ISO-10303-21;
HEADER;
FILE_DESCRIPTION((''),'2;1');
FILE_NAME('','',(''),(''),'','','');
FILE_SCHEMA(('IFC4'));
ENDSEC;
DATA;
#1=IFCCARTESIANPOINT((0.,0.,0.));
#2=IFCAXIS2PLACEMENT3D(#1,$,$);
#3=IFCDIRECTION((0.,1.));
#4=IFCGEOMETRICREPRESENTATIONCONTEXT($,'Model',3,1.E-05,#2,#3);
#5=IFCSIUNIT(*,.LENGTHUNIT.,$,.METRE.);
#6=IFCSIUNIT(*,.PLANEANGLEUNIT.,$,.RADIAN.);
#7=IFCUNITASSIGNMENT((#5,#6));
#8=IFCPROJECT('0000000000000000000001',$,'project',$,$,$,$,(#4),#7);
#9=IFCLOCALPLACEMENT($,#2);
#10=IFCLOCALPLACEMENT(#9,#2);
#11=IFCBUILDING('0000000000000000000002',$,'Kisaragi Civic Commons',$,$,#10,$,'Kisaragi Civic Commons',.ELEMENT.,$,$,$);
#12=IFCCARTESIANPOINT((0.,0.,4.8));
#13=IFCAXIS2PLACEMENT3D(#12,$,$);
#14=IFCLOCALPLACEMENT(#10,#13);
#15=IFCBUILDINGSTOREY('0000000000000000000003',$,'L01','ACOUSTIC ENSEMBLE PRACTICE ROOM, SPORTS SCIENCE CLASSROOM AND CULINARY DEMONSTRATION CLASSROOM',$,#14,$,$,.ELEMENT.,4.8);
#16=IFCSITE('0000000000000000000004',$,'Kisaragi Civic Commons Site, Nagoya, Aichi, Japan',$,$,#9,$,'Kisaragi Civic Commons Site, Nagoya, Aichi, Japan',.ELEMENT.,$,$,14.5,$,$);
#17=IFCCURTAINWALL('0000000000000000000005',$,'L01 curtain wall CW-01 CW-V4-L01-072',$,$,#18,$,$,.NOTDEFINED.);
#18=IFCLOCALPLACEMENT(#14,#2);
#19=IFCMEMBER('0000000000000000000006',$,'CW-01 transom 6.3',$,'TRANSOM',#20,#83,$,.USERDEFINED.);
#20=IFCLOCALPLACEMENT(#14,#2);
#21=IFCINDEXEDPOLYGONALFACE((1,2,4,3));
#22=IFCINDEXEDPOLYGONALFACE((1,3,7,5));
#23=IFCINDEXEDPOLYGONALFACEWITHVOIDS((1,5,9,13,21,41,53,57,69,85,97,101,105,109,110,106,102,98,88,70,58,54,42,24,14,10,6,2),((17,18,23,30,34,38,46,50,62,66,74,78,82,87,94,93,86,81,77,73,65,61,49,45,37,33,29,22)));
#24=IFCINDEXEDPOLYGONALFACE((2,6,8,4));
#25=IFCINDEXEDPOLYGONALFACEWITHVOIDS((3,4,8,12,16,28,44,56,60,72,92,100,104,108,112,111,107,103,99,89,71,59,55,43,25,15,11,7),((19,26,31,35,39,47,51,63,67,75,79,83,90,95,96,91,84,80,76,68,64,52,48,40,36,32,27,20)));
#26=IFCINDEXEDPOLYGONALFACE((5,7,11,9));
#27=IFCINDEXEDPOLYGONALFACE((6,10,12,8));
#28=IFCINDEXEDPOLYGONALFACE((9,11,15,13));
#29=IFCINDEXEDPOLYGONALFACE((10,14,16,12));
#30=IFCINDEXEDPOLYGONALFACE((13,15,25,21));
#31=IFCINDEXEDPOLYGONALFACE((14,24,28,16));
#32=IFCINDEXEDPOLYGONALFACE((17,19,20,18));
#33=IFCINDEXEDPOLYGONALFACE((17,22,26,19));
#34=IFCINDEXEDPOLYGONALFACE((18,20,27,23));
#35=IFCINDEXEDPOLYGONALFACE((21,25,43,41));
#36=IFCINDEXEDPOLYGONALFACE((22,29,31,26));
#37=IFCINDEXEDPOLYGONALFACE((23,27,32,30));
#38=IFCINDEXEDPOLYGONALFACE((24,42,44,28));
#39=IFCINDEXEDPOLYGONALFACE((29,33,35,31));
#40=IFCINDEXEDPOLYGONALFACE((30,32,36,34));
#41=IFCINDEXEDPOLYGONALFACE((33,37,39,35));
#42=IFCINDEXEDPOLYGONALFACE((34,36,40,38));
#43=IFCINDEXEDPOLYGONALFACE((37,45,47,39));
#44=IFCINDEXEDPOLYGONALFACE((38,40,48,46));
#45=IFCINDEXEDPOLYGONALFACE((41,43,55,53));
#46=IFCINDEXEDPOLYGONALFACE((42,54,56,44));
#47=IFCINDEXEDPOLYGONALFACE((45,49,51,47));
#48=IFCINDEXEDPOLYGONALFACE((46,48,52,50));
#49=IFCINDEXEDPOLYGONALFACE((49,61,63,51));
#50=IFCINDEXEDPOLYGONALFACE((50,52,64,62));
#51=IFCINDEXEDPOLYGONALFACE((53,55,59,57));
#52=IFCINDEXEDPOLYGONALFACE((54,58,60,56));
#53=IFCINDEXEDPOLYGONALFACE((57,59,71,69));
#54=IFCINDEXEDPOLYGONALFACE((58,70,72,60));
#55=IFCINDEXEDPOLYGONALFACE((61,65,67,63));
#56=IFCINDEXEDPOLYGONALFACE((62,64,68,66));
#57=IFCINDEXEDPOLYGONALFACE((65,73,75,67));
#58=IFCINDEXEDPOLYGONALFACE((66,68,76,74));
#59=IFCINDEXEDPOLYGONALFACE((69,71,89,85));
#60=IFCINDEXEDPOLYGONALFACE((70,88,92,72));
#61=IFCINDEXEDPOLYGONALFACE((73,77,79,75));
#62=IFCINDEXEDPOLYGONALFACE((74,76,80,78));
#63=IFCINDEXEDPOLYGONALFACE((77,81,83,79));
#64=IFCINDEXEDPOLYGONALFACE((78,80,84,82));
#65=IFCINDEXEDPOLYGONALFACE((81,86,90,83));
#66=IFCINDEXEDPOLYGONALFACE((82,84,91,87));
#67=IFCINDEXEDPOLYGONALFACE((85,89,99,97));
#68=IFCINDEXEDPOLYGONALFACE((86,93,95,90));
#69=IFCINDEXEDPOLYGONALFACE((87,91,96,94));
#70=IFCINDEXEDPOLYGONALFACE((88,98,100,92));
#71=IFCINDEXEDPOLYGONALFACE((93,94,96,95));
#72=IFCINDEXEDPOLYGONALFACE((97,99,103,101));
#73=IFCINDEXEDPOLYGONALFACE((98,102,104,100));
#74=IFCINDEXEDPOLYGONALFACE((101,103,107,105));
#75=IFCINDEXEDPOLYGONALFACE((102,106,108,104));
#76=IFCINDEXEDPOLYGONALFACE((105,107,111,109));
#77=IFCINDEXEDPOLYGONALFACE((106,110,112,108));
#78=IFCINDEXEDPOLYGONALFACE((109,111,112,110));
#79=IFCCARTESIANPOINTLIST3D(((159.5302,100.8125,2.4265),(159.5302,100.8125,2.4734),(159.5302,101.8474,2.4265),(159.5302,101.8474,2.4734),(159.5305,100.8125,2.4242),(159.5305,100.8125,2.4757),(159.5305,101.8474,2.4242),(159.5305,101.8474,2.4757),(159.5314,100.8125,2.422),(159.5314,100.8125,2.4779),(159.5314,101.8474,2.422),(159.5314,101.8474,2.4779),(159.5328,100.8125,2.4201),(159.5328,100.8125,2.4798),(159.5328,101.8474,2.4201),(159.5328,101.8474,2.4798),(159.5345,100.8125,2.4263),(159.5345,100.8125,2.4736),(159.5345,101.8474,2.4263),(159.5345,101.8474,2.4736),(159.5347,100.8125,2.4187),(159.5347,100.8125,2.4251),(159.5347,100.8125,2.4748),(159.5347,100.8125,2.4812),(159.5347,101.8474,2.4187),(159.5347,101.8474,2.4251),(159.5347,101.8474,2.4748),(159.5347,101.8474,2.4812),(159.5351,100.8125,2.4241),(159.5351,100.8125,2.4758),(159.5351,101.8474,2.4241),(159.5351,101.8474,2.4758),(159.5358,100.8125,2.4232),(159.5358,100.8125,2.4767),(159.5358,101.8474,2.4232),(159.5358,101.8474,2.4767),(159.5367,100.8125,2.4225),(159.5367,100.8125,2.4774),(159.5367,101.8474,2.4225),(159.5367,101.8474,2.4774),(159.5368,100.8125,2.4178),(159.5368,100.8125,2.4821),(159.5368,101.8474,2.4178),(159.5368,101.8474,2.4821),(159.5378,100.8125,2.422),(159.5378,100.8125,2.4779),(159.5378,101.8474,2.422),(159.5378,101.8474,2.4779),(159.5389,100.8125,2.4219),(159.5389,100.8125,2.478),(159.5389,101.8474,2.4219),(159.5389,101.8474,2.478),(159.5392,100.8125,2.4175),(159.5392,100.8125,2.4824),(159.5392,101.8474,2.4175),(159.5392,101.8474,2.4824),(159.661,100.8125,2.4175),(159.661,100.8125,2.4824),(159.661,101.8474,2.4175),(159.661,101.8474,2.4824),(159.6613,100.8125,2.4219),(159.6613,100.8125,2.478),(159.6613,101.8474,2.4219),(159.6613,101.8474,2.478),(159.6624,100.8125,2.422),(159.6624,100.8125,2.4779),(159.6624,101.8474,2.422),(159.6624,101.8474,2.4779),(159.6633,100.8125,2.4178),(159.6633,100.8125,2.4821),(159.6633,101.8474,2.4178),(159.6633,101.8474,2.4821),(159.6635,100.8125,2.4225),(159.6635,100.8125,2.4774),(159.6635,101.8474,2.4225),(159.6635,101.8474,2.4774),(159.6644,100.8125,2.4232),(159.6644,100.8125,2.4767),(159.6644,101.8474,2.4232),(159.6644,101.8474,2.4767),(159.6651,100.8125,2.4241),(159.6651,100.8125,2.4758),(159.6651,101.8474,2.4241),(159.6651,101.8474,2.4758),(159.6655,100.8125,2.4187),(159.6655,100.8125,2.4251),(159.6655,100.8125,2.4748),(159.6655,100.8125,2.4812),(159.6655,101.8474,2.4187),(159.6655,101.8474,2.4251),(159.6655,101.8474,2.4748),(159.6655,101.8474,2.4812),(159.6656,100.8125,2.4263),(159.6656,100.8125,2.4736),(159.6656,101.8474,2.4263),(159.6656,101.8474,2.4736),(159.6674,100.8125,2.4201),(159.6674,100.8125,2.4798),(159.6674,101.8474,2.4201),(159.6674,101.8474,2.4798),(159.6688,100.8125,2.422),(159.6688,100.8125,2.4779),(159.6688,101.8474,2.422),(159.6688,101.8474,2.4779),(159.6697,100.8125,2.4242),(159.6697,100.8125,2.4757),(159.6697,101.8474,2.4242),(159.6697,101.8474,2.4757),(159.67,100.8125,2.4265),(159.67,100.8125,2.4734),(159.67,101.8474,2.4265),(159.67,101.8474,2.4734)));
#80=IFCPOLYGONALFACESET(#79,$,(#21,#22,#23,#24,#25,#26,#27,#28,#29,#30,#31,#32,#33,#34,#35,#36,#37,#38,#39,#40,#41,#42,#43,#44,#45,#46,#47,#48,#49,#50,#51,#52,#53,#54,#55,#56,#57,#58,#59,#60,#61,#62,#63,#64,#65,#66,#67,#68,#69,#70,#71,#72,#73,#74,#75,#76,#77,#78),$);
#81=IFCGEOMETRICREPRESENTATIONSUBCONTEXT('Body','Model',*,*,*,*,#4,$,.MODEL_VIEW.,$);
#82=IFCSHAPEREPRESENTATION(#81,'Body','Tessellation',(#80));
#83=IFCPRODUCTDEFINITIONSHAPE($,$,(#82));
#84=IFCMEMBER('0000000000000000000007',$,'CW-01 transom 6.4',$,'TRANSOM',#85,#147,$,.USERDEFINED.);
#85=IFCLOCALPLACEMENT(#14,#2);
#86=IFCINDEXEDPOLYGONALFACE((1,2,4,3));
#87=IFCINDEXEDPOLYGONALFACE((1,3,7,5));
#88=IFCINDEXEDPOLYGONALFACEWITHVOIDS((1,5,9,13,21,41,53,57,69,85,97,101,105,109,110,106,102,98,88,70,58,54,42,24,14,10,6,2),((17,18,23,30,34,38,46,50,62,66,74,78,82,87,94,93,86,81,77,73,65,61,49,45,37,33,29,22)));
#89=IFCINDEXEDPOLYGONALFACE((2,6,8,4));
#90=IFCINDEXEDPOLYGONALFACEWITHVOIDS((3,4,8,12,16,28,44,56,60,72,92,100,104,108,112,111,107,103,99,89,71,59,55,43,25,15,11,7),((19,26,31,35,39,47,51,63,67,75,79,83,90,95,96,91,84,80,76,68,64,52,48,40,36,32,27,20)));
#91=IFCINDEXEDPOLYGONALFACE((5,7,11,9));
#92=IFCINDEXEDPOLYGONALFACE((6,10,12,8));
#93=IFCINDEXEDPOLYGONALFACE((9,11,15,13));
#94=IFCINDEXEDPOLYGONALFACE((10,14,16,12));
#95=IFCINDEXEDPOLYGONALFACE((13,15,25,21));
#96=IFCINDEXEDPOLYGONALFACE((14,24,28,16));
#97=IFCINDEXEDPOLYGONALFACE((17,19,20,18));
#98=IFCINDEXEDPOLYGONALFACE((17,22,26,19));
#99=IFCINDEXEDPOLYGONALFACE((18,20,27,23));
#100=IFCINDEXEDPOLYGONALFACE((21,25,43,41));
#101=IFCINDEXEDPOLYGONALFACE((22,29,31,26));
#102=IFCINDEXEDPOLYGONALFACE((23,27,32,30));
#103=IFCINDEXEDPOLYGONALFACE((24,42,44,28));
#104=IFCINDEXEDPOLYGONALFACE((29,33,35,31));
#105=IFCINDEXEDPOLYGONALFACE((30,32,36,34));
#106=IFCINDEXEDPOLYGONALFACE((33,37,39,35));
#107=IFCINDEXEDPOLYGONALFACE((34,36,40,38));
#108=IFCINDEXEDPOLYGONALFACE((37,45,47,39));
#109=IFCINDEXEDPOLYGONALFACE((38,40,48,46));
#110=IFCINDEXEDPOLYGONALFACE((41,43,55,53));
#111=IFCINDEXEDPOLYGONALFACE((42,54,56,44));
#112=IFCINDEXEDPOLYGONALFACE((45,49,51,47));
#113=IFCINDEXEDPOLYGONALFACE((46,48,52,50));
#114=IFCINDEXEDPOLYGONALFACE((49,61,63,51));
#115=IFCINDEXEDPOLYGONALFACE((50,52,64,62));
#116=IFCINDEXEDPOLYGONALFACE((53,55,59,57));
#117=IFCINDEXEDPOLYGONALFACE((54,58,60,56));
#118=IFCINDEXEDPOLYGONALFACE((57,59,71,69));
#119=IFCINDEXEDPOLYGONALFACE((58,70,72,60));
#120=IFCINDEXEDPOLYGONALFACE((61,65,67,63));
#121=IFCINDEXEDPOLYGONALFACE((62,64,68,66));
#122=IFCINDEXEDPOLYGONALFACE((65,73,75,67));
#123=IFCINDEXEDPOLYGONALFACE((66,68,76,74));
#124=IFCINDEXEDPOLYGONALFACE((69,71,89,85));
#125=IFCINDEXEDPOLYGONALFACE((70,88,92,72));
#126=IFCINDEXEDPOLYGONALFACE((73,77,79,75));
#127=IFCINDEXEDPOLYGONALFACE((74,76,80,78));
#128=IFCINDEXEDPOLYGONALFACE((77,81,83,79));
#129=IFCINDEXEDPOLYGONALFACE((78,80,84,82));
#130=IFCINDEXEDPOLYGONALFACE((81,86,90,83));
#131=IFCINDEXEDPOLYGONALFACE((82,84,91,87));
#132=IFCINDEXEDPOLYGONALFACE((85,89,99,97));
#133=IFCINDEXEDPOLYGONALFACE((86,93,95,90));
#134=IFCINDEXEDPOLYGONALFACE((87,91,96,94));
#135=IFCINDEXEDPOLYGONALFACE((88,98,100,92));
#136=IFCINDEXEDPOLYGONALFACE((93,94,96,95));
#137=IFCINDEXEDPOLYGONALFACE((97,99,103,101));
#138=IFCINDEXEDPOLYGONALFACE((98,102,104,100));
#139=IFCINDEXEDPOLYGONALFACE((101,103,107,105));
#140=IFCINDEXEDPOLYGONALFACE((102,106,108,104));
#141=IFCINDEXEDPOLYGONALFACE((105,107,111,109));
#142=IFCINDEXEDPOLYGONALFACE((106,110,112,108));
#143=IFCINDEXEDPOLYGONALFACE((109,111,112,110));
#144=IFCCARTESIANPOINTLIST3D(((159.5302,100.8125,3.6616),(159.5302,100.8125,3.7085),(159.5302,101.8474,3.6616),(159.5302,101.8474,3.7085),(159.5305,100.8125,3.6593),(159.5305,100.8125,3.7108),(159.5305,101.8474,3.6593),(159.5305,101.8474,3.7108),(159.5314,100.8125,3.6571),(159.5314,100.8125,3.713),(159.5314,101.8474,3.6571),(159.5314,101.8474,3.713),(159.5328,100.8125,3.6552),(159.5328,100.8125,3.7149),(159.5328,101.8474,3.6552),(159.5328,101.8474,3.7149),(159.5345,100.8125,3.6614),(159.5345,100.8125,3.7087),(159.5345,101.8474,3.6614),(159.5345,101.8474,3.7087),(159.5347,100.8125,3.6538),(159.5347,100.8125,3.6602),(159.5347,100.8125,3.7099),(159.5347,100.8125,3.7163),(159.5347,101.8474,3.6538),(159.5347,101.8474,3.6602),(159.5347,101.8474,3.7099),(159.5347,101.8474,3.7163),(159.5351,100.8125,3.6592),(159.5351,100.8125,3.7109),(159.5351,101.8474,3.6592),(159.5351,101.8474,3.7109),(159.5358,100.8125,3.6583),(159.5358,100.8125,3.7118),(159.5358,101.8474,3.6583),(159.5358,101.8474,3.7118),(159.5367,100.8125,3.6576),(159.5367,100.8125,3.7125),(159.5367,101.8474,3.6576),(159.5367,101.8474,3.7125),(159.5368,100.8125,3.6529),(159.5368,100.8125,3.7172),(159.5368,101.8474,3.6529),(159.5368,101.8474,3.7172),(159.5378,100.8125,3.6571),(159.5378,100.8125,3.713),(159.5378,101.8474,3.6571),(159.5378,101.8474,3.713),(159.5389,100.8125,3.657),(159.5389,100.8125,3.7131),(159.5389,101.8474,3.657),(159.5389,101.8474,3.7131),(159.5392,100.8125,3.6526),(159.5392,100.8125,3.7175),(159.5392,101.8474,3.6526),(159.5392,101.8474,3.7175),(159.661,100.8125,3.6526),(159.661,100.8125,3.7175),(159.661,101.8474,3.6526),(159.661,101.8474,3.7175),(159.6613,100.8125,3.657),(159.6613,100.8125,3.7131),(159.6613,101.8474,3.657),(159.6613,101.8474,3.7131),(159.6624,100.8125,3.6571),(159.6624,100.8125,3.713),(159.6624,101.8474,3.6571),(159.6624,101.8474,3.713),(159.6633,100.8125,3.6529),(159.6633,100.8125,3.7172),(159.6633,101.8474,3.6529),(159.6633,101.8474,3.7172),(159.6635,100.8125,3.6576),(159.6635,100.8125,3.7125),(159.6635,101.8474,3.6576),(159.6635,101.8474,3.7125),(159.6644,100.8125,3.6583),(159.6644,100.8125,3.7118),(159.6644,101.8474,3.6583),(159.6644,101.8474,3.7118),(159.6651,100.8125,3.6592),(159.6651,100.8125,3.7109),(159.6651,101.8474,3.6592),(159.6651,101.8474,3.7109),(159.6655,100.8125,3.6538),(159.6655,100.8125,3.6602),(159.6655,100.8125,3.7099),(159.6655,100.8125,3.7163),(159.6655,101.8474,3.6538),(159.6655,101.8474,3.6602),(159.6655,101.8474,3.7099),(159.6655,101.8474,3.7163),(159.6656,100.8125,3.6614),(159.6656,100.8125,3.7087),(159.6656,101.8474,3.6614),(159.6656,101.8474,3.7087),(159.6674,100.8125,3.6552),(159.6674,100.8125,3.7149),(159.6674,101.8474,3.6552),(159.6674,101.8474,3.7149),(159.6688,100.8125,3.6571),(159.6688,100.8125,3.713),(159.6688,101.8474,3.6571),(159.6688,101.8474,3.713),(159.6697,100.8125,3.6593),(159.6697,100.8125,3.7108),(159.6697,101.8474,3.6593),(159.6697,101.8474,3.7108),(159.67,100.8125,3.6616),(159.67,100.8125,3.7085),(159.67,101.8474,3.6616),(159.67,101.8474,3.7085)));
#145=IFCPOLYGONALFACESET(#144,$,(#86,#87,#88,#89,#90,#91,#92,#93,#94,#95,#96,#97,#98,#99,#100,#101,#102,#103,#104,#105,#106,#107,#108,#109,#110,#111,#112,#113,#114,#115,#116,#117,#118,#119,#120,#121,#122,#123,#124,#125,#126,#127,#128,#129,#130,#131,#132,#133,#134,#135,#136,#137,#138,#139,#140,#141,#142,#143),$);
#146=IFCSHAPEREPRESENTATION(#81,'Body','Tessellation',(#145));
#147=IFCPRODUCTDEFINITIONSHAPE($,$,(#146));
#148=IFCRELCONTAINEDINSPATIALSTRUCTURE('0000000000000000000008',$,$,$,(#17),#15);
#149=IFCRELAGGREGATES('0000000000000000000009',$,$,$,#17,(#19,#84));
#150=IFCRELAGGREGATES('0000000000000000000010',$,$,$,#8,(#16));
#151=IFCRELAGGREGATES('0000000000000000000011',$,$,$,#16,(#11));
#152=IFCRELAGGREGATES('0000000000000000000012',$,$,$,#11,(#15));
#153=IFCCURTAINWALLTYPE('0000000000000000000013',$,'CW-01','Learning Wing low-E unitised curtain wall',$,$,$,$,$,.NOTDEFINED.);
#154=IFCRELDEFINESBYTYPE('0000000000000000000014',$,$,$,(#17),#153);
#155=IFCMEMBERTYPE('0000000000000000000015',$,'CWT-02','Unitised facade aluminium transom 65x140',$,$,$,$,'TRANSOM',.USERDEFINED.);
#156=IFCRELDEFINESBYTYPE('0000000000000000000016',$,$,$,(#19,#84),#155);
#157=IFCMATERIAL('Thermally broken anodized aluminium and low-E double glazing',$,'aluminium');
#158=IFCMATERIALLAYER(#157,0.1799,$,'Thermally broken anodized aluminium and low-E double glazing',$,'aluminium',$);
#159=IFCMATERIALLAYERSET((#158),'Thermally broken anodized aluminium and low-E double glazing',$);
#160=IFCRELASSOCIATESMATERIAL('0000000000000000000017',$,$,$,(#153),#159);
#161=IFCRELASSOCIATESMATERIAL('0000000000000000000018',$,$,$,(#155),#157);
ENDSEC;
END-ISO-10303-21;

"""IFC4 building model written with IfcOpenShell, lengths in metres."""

from ifc_helpers import new_model, si_unit, direction, frame, origin, origin_2d, place, context, subcontext, project, spatial, hollow_rectangle, extrude, material, layer, layer_set, material_profile, profile_set, type_object, element, aggregate, save


model = new_model("IFC4")

# Units and contexts
model_context = context("Model", 3, precision=1e-05, world=origin(), true_north=direction((0.0, 1.0)))
body_context = subcontext(model_context, "Body", "Model", "MODEL_VIEW")
ifc_project = project(units=[si_unit("LENGTHUNIT", "METRE"), si_unit("PLANEANGLEUNIT", "RADIAN")], contexts=[model_context])

# Site, building, storey
site_placement = place(None, origin())
site = spatial("IfcSite", under=ifc_project, at=site_placement, Name="Kisaragi Civic Commons Site, Nagoya, Aichi, Japan", LongName="Kisaragi Civic Commons Site, Nagoya, Aichi, Japan", CompositionType="ELEMENT", RefElevation=14.5)
building_placement = place(site_placement, origin())
building = spatial("IfcBuilding", under=site, at=building_placement, Name="Kisaragi Civic Commons", LongName="Kisaragi Civic Commons", CompositionType="ELEMENT")
storey_placement = place(building_placement, frame((0.0, 0.0, 4.8)))
storey = spatial("IfcBuildingStorey", under=building, at=storey_placement, Name="L01", Description="ACOUSTIC ENSEMBLE PRACTICE ROOM, SPORTS SCIENCE CLASSROOM AND CULINARY DEMONSTRATION CLASSROOM", CompositionType="ELEMENT", Elevation=4.8)

# Curtain wall, members
ifc_material = material(Name="Thermally broken anodized aluminium and low-E double glazing", Category="aluminium")
ifc_layer_1 = layer(ifc_material, 0.1799, Name="Thermally broken anodized aluminium and low-E double glazing", Category="aluminium")
ifc_layer_set_1 = layer_set([ifc_layer_1], Name="Thermally broken anodized aluminium and low-E double glazing")
curtain_wall_type = type_object("IfcCurtainWallType", Name="CW-01", Description="Learning Wing low-E unitised curtain wall", PredefinedType="NOTDEFINED", material=ifc_layer_set_1)
curtain_wall_placement = place(storey_placement, origin())
curtain_wall = element("IfcCurtainWall", 1, at=curtain_wall_placement, inside=storey, type_object=curtain_wall_type, Name="L01 curtain wall CW-01 CW-V4-L01-072", PredefinedType="NOTDEFINED")
ifc_material_profile_1 = material_profile(ifc_material, hollow_rectangle(XDim=0.1399, YDim=0.0649, WallThickness=0.0044, InnerFilletRadius=0.0044, OuterFilletRadius=0.009, at=origin_2d()), Name="CWT-65x140x4.5", Category="aluminium")
ifc_profile_set_1 = profile_set([ifc_material_profile_1], Name="Thermally broken anodized aluminium and low-E double glazing")
member_type_1 = type_object("IfcMemberType", Name="CWT-02", Description="Unitised facade aluminium transom 65x140", ElementType="TRANSOM", PredefinedType="USERDEFINED", material=ifc_profile_set_1)
member_1_placement = place(storey_placement, frame((159.6001, 101.8474, 2.45), z_axis=(0.0, -1.0, 0.0), x_axis=(1.0, 0.0, 0.0)))
member_1 = element("IfcMember", 2, at=member_1_placement, type_object=member_type_1, Name="CW-01 transom 6.3", ObjectType="TRANSOM", PredefinedType="USERDEFINED", context=body_context, shape_type="SweptSolid", body=[
    extrude(hollow_rectangle(XDim=0.1399, YDim=0.0649, WallThickness=0.0044, InnerFilletRadius=0.0044, OuterFilletRadius=0.009, at=origin_2d()), origin(), (0.0, 0.0, 1.0), 1.0349),
])
member_2_placement = place(storey_placement, frame((159.6001, 101.8474, 3.6851), z_axis=(0.0, -1.0, 0.0), x_axis=(1.0, 0.0, 0.0)))
member_2 = element("IfcMember", 3, at=member_2_placement, type_object=member_type_1, Name="CW-01 transom 6.4", ObjectType="TRANSOM", PredefinedType="USERDEFINED", context=body_context, shape_type="SweptSolid", body=[
    extrude(hollow_rectangle(XDim=0.1399, YDim=0.0649, WallThickness=0.0044, InnerFilletRadius=0.0044, OuterFilletRadius=0.009, at=origin_2d()), origin(), (0.0, 0.0, 1.0), 1.0349),
])
aggregate(curtain_wall, [member_1, member_2])

save(model, "model.ifc")
